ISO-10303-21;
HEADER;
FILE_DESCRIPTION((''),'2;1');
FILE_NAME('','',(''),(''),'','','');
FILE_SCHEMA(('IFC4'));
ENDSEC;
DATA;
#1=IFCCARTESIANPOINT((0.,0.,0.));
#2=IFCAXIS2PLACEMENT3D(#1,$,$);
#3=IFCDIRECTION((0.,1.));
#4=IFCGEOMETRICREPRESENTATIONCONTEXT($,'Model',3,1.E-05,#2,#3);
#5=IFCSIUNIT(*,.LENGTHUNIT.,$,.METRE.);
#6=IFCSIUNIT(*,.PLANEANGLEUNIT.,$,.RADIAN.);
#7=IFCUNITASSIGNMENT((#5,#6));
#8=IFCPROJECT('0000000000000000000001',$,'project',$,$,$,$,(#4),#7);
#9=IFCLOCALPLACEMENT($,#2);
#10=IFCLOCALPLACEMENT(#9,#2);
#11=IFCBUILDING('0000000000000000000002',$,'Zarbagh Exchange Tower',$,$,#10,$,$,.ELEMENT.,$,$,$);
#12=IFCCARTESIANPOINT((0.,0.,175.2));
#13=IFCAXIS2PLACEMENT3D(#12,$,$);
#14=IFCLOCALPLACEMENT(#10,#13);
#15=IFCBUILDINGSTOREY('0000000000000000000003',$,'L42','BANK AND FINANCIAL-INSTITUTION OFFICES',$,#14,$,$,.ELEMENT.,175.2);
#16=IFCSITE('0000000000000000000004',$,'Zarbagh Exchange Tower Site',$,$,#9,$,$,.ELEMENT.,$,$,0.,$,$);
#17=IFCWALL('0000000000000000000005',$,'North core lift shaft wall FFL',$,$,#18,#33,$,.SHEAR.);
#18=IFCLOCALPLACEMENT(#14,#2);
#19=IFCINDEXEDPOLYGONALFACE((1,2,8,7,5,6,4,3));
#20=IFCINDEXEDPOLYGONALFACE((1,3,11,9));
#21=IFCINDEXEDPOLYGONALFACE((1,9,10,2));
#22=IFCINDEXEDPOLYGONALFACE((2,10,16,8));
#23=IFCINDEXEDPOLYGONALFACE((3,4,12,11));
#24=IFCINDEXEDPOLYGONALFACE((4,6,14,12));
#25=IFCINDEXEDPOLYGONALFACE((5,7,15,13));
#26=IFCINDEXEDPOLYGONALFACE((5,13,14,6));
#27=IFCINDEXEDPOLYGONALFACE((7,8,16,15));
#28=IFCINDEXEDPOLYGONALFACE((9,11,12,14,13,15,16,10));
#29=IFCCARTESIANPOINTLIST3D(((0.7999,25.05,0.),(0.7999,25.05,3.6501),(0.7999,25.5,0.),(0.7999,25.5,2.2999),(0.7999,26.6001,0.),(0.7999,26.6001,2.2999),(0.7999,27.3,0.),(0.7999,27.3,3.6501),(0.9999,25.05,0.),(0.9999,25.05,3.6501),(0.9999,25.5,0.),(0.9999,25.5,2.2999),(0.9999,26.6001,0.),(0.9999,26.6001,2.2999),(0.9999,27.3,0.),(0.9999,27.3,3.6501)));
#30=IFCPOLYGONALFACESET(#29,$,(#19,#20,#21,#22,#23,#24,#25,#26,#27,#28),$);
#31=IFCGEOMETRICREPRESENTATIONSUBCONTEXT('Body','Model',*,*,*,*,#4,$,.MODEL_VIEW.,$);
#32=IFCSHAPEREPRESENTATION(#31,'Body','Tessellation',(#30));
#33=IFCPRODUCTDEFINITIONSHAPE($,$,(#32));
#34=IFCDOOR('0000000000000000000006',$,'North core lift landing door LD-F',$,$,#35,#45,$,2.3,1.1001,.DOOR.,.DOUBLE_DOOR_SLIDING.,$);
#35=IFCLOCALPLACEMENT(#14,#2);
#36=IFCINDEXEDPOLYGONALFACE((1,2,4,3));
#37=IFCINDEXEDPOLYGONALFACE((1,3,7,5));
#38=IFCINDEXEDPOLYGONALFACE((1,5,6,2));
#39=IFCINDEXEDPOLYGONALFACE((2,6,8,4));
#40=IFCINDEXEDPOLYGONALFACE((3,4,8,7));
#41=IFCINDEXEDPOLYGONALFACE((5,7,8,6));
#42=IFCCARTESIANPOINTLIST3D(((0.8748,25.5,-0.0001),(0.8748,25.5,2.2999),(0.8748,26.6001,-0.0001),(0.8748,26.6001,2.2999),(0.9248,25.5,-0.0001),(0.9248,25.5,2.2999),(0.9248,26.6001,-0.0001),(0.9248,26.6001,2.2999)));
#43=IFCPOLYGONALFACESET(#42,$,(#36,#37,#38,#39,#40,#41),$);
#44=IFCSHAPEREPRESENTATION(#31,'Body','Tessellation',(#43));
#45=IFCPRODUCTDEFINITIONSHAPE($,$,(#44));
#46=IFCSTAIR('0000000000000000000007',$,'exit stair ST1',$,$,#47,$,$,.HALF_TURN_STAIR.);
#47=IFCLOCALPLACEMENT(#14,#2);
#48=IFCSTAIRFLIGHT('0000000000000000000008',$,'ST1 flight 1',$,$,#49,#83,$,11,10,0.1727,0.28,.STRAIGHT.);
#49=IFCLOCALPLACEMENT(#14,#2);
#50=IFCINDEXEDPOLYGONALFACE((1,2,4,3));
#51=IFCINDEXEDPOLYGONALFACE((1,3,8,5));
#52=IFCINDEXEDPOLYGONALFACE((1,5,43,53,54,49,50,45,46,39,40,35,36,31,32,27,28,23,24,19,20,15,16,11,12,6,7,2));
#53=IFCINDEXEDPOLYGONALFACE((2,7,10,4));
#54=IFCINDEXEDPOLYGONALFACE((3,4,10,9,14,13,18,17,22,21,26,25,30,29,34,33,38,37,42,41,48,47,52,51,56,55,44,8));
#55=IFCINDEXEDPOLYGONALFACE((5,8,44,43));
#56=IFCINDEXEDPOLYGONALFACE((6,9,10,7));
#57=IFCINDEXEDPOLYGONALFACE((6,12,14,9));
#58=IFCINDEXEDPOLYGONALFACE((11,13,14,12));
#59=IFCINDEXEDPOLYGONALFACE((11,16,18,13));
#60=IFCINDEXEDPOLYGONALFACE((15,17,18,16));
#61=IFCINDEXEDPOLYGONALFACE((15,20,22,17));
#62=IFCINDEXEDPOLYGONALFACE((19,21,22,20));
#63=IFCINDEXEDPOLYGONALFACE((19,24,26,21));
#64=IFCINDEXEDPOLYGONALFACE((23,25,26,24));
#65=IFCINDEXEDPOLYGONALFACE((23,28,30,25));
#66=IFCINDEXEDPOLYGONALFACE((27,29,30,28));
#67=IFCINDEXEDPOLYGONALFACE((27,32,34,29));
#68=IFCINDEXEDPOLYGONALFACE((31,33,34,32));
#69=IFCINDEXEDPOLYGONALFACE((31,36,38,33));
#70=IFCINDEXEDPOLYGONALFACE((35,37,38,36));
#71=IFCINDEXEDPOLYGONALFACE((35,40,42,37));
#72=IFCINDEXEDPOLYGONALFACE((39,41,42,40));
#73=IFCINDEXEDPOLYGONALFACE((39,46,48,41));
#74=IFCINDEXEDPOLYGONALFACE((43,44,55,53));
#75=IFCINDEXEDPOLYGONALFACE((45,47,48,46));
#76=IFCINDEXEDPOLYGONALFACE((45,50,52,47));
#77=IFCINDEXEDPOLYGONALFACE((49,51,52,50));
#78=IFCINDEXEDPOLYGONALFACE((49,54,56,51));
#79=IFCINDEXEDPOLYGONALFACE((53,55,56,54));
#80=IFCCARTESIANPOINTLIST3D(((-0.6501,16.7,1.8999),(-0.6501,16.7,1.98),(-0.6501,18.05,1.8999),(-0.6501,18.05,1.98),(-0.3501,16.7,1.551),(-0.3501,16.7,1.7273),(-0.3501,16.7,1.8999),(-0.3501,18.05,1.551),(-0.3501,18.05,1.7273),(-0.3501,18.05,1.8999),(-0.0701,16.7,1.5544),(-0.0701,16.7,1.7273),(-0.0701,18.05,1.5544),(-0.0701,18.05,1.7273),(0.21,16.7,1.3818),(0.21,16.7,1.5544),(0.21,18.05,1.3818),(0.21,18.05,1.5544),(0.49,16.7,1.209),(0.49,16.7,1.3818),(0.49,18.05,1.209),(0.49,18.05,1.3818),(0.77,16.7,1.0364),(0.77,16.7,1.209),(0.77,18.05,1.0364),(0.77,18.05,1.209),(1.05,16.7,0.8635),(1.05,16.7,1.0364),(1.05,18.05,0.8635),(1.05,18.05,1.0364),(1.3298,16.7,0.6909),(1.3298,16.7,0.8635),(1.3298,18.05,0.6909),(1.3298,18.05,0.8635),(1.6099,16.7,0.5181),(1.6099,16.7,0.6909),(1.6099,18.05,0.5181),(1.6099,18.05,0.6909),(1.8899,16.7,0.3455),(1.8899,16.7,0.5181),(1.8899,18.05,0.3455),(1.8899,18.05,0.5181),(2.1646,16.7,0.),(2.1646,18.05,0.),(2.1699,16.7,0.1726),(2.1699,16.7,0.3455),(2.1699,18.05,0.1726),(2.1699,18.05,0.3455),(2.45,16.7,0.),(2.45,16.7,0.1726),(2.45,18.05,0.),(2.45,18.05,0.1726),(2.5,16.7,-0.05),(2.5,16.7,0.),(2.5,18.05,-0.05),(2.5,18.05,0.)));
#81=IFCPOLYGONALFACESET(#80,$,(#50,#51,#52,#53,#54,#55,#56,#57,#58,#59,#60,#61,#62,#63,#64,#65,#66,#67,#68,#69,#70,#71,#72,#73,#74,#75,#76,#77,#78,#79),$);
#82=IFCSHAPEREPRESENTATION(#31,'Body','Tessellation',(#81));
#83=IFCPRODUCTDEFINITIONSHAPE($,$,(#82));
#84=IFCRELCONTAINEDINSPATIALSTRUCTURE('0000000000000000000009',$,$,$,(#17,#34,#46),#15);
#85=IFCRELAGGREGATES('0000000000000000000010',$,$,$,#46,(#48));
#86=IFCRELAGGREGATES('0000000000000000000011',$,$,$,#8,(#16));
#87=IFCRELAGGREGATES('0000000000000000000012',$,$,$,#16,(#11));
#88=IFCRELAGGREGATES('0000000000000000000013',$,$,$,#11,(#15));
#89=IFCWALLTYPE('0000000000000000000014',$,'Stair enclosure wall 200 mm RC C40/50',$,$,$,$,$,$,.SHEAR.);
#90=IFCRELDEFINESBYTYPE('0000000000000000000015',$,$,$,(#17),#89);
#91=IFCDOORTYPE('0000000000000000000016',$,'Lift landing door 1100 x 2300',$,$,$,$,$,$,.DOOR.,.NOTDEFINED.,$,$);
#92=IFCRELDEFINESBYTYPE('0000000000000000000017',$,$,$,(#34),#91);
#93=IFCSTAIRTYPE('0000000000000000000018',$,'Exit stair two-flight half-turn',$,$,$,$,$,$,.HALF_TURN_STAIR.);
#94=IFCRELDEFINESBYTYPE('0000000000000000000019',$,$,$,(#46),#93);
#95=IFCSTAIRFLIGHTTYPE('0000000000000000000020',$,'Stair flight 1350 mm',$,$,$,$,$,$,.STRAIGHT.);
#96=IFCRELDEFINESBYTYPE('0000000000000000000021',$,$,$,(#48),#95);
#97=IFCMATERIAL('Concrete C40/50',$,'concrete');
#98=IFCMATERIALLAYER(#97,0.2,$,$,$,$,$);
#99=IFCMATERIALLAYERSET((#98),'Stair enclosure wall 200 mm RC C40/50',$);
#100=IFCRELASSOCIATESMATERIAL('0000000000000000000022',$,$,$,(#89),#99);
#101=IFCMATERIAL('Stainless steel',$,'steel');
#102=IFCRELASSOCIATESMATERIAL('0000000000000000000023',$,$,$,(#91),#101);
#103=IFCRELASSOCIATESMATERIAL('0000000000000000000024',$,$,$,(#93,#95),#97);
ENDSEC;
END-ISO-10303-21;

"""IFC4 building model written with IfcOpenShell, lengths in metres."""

from ifc_helpers import new_model, si_unit, direction, frame, frame_2d, origin, place, context, subcontext, project, spatial, polyline, rectangle, outline, extrude, material, layer, layer_set, type_object, element, fill, aggregate, save


model = new_model("IFC4")

# Units and contexts
model_context = context("Model", 3, precision=1e-05, world=origin(), true_north=direction((0.0, 1.0)))
body_context = subcontext(model_context, "Body", "Model", "MODEL_VIEW")
ifc_project = project(units=[si_unit("LENGTHUNIT", "METRE"), si_unit("PLANEANGLEUNIT", "RADIAN")], contexts=[model_context])

# Site, building, storey
site_placement = place(None, origin())
site = spatial("IfcSite", under=ifc_project, at=site_placement, Name="Zarbagh Exchange Tower Site", CompositionType="ELEMENT", RefElevation=0.0)
building_placement = place(site_placement, origin())
building = spatial("IfcBuilding", under=site, at=building_placement, Name="Zarbagh Exchange Tower", CompositionType="ELEMENT")
storey_placement = place(building_placement, frame((0.0, 0.0, 175.2)))
storey = spatial("IfcBuildingStorey", under=building, at=storey_placement, Name="L42", Description="BANK AND FINANCIAL-INSTITUTION OFFICES", CompositionType="ELEMENT", Elevation=175.2)

# Wall, opening, door
ifc_material_1 = material(Name="Concrete C40/50", Category="concrete")
ifc_layer_1 = layer(ifc_material_1, 0.2)
ifc_layer_set_1 = layer_set([ifc_layer_1], Name="Stair enclosure wall 200 mm RC C40/50")
wall_type_1 = type_object("IfcWallType", Name="Stair enclosure wall 200 mm RC C40/50", PredefinedType="SHEAR", material=ifc_layer_set_1)
wall_1_placement = place(storey_placement, frame((0.8999, 27.3, 0.0), z_axis=(0.0, 0.0, 1.0), x_axis=(0.0, -1.0, 0.0)))
wall_1 = element("IfcWall", 1, at=wall_1_placement, inside=storey, type_object=wall_type_1, Name="North core lift shaft wall FFL", PredefinedType="SHEAR", context=body_context, shape_type="SweptSolid", body=[
    extrude(rectangle(XDim=2.25, YDim=0.2, at=frame_2d((1.125, 0.0))), origin(), (0.0, 0.0, 1.0), 3.6501),
])
opening_1_placement = place(wall_1_placement, frame((0.7, 0.0, 0.0)))
opening_1 = element("IfcOpeningElement", 2, at=opening_1_placement, cuts=wall_1, PredefinedType="OPENING", context=body_context, shape_type="SweptSolid", body=[
    extrude(rectangle(XDim=1.1001, YDim=2.3, at=frame_2d((0.55, 1.1499))), frame((0.0, 0.1099, 0.0), z_axis=(0.0, -1.0, 0.0), x_axis=(1.0, 0.0, 0.0)), (0.0, 0.0, 1.0), 0.22),
])
ifc_material_2 = material(Name="Stainless steel", Category="steel")
door_type_1 = type_object("IfcDoorType", Name="Lift landing door 1100 x 2300", OperationType="NOTDEFINED", PredefinedType="DOOR", material=ifc_material_2)
door_1_placement = place(opening_1_placement, origin())
door_1 = element("IfcDoor", 3, at=door_1_placement, inside=storey, type_object=door_type_1, Name="North core lift landing door LD-F", OperationType="DOUBLE_DOOR_SLIDING", OverallHeight=2.3, OverallWidth=1.1001, PredefinedType="DOOR", context=body_context, shape_type="SweptSolid", body=[
    extrude(rectangle(XDim=1.1001, YDim=2.3, at=frame_2d((0.55, 1.1499))), frame((0.0, 0.0249, 0.0), z_axis=(0.0, -1.0, 0.0), x_axis=(1.0, 0.0, 0.0)), (0.0, 0.0, 1.0), 0.05),
])
fill(opening_1, door_1)

# Stair, stair flight
stair_type = type_object("IfcStairType", Name="Exit stair two-flight half-turn", PredefinedType="HALF_TURN_STAIR", material=ifc_material_1)
stair_placement = place(storey_placement, origin())
stair = element("IfcStair", 4, at=stair_placement, inside=storey, type_object=stair_type, Name="exit stair ST1", PredefinedType="HALF_TURN_STAIR")
stair_flight_type = type_object("IfcStairFlightType", Name="Stair flight 1350 mm", PredefinedType="STRAIGHT", material=ifc_material_1)
stair_flight_placement = place(storey_placement, frame((2.45, 17.375, 0.0), z_axis=(0.0, 0.0, 1.0), x_axis=(-1.0, 0.0, 0.0)))
stair_flight = element("IfcStairFlight", 5, at=stair_flight_placement, type_object=stair_flight_type, Name="ST1 flight 1", NumberOfRisers=11, NumberOfTreads=10, PredefinedType="STRAIGHT", RiserHeight=0.1727, TreadLength=0.28, context=body_context, shape_type="SweptSolid", body=[
    extrude(outline(polyline([(-0.05, -0.05), (-0.05, 0.0), (0.0, 0.0), (0.0, 0.1726), (0.28, 0.1726), (0.28, 0.3455), (0.5601, 0.3455), (0.5601, 0.5181), (0.8401, 0.5181), (0.8401, 0.6909), (1.1201, 0.6909), (1.1201, 0.8635), (1.3999, 0.8635), (1.3999, 1.0364), (1.6799, 1.0364), (1.6799, 1.209), (1.96, 1.209), (1.96, 1.3818), (2.24, 1.3818), (2.24, 1.5544), (2.52, 1.5544), (2.52, 1.7273), (2.8, 1.7273), (2.8, 1.8999), (3.1001, 1.98), (3.1001, 1.8999), (2.8, 1.551), (0.2854, 0.0), (-0.05, -0.05)])), frame((0.0, 0.675, 0.0), z_axis=(0.0, -1.0, 0.0), x_axis=(1.0, 0.0, 0.0)), (0.0, 0.0, 1.0), 1.3501),
])
aggregate(stair, [stair_flight])

save(model, "model.ifc")
